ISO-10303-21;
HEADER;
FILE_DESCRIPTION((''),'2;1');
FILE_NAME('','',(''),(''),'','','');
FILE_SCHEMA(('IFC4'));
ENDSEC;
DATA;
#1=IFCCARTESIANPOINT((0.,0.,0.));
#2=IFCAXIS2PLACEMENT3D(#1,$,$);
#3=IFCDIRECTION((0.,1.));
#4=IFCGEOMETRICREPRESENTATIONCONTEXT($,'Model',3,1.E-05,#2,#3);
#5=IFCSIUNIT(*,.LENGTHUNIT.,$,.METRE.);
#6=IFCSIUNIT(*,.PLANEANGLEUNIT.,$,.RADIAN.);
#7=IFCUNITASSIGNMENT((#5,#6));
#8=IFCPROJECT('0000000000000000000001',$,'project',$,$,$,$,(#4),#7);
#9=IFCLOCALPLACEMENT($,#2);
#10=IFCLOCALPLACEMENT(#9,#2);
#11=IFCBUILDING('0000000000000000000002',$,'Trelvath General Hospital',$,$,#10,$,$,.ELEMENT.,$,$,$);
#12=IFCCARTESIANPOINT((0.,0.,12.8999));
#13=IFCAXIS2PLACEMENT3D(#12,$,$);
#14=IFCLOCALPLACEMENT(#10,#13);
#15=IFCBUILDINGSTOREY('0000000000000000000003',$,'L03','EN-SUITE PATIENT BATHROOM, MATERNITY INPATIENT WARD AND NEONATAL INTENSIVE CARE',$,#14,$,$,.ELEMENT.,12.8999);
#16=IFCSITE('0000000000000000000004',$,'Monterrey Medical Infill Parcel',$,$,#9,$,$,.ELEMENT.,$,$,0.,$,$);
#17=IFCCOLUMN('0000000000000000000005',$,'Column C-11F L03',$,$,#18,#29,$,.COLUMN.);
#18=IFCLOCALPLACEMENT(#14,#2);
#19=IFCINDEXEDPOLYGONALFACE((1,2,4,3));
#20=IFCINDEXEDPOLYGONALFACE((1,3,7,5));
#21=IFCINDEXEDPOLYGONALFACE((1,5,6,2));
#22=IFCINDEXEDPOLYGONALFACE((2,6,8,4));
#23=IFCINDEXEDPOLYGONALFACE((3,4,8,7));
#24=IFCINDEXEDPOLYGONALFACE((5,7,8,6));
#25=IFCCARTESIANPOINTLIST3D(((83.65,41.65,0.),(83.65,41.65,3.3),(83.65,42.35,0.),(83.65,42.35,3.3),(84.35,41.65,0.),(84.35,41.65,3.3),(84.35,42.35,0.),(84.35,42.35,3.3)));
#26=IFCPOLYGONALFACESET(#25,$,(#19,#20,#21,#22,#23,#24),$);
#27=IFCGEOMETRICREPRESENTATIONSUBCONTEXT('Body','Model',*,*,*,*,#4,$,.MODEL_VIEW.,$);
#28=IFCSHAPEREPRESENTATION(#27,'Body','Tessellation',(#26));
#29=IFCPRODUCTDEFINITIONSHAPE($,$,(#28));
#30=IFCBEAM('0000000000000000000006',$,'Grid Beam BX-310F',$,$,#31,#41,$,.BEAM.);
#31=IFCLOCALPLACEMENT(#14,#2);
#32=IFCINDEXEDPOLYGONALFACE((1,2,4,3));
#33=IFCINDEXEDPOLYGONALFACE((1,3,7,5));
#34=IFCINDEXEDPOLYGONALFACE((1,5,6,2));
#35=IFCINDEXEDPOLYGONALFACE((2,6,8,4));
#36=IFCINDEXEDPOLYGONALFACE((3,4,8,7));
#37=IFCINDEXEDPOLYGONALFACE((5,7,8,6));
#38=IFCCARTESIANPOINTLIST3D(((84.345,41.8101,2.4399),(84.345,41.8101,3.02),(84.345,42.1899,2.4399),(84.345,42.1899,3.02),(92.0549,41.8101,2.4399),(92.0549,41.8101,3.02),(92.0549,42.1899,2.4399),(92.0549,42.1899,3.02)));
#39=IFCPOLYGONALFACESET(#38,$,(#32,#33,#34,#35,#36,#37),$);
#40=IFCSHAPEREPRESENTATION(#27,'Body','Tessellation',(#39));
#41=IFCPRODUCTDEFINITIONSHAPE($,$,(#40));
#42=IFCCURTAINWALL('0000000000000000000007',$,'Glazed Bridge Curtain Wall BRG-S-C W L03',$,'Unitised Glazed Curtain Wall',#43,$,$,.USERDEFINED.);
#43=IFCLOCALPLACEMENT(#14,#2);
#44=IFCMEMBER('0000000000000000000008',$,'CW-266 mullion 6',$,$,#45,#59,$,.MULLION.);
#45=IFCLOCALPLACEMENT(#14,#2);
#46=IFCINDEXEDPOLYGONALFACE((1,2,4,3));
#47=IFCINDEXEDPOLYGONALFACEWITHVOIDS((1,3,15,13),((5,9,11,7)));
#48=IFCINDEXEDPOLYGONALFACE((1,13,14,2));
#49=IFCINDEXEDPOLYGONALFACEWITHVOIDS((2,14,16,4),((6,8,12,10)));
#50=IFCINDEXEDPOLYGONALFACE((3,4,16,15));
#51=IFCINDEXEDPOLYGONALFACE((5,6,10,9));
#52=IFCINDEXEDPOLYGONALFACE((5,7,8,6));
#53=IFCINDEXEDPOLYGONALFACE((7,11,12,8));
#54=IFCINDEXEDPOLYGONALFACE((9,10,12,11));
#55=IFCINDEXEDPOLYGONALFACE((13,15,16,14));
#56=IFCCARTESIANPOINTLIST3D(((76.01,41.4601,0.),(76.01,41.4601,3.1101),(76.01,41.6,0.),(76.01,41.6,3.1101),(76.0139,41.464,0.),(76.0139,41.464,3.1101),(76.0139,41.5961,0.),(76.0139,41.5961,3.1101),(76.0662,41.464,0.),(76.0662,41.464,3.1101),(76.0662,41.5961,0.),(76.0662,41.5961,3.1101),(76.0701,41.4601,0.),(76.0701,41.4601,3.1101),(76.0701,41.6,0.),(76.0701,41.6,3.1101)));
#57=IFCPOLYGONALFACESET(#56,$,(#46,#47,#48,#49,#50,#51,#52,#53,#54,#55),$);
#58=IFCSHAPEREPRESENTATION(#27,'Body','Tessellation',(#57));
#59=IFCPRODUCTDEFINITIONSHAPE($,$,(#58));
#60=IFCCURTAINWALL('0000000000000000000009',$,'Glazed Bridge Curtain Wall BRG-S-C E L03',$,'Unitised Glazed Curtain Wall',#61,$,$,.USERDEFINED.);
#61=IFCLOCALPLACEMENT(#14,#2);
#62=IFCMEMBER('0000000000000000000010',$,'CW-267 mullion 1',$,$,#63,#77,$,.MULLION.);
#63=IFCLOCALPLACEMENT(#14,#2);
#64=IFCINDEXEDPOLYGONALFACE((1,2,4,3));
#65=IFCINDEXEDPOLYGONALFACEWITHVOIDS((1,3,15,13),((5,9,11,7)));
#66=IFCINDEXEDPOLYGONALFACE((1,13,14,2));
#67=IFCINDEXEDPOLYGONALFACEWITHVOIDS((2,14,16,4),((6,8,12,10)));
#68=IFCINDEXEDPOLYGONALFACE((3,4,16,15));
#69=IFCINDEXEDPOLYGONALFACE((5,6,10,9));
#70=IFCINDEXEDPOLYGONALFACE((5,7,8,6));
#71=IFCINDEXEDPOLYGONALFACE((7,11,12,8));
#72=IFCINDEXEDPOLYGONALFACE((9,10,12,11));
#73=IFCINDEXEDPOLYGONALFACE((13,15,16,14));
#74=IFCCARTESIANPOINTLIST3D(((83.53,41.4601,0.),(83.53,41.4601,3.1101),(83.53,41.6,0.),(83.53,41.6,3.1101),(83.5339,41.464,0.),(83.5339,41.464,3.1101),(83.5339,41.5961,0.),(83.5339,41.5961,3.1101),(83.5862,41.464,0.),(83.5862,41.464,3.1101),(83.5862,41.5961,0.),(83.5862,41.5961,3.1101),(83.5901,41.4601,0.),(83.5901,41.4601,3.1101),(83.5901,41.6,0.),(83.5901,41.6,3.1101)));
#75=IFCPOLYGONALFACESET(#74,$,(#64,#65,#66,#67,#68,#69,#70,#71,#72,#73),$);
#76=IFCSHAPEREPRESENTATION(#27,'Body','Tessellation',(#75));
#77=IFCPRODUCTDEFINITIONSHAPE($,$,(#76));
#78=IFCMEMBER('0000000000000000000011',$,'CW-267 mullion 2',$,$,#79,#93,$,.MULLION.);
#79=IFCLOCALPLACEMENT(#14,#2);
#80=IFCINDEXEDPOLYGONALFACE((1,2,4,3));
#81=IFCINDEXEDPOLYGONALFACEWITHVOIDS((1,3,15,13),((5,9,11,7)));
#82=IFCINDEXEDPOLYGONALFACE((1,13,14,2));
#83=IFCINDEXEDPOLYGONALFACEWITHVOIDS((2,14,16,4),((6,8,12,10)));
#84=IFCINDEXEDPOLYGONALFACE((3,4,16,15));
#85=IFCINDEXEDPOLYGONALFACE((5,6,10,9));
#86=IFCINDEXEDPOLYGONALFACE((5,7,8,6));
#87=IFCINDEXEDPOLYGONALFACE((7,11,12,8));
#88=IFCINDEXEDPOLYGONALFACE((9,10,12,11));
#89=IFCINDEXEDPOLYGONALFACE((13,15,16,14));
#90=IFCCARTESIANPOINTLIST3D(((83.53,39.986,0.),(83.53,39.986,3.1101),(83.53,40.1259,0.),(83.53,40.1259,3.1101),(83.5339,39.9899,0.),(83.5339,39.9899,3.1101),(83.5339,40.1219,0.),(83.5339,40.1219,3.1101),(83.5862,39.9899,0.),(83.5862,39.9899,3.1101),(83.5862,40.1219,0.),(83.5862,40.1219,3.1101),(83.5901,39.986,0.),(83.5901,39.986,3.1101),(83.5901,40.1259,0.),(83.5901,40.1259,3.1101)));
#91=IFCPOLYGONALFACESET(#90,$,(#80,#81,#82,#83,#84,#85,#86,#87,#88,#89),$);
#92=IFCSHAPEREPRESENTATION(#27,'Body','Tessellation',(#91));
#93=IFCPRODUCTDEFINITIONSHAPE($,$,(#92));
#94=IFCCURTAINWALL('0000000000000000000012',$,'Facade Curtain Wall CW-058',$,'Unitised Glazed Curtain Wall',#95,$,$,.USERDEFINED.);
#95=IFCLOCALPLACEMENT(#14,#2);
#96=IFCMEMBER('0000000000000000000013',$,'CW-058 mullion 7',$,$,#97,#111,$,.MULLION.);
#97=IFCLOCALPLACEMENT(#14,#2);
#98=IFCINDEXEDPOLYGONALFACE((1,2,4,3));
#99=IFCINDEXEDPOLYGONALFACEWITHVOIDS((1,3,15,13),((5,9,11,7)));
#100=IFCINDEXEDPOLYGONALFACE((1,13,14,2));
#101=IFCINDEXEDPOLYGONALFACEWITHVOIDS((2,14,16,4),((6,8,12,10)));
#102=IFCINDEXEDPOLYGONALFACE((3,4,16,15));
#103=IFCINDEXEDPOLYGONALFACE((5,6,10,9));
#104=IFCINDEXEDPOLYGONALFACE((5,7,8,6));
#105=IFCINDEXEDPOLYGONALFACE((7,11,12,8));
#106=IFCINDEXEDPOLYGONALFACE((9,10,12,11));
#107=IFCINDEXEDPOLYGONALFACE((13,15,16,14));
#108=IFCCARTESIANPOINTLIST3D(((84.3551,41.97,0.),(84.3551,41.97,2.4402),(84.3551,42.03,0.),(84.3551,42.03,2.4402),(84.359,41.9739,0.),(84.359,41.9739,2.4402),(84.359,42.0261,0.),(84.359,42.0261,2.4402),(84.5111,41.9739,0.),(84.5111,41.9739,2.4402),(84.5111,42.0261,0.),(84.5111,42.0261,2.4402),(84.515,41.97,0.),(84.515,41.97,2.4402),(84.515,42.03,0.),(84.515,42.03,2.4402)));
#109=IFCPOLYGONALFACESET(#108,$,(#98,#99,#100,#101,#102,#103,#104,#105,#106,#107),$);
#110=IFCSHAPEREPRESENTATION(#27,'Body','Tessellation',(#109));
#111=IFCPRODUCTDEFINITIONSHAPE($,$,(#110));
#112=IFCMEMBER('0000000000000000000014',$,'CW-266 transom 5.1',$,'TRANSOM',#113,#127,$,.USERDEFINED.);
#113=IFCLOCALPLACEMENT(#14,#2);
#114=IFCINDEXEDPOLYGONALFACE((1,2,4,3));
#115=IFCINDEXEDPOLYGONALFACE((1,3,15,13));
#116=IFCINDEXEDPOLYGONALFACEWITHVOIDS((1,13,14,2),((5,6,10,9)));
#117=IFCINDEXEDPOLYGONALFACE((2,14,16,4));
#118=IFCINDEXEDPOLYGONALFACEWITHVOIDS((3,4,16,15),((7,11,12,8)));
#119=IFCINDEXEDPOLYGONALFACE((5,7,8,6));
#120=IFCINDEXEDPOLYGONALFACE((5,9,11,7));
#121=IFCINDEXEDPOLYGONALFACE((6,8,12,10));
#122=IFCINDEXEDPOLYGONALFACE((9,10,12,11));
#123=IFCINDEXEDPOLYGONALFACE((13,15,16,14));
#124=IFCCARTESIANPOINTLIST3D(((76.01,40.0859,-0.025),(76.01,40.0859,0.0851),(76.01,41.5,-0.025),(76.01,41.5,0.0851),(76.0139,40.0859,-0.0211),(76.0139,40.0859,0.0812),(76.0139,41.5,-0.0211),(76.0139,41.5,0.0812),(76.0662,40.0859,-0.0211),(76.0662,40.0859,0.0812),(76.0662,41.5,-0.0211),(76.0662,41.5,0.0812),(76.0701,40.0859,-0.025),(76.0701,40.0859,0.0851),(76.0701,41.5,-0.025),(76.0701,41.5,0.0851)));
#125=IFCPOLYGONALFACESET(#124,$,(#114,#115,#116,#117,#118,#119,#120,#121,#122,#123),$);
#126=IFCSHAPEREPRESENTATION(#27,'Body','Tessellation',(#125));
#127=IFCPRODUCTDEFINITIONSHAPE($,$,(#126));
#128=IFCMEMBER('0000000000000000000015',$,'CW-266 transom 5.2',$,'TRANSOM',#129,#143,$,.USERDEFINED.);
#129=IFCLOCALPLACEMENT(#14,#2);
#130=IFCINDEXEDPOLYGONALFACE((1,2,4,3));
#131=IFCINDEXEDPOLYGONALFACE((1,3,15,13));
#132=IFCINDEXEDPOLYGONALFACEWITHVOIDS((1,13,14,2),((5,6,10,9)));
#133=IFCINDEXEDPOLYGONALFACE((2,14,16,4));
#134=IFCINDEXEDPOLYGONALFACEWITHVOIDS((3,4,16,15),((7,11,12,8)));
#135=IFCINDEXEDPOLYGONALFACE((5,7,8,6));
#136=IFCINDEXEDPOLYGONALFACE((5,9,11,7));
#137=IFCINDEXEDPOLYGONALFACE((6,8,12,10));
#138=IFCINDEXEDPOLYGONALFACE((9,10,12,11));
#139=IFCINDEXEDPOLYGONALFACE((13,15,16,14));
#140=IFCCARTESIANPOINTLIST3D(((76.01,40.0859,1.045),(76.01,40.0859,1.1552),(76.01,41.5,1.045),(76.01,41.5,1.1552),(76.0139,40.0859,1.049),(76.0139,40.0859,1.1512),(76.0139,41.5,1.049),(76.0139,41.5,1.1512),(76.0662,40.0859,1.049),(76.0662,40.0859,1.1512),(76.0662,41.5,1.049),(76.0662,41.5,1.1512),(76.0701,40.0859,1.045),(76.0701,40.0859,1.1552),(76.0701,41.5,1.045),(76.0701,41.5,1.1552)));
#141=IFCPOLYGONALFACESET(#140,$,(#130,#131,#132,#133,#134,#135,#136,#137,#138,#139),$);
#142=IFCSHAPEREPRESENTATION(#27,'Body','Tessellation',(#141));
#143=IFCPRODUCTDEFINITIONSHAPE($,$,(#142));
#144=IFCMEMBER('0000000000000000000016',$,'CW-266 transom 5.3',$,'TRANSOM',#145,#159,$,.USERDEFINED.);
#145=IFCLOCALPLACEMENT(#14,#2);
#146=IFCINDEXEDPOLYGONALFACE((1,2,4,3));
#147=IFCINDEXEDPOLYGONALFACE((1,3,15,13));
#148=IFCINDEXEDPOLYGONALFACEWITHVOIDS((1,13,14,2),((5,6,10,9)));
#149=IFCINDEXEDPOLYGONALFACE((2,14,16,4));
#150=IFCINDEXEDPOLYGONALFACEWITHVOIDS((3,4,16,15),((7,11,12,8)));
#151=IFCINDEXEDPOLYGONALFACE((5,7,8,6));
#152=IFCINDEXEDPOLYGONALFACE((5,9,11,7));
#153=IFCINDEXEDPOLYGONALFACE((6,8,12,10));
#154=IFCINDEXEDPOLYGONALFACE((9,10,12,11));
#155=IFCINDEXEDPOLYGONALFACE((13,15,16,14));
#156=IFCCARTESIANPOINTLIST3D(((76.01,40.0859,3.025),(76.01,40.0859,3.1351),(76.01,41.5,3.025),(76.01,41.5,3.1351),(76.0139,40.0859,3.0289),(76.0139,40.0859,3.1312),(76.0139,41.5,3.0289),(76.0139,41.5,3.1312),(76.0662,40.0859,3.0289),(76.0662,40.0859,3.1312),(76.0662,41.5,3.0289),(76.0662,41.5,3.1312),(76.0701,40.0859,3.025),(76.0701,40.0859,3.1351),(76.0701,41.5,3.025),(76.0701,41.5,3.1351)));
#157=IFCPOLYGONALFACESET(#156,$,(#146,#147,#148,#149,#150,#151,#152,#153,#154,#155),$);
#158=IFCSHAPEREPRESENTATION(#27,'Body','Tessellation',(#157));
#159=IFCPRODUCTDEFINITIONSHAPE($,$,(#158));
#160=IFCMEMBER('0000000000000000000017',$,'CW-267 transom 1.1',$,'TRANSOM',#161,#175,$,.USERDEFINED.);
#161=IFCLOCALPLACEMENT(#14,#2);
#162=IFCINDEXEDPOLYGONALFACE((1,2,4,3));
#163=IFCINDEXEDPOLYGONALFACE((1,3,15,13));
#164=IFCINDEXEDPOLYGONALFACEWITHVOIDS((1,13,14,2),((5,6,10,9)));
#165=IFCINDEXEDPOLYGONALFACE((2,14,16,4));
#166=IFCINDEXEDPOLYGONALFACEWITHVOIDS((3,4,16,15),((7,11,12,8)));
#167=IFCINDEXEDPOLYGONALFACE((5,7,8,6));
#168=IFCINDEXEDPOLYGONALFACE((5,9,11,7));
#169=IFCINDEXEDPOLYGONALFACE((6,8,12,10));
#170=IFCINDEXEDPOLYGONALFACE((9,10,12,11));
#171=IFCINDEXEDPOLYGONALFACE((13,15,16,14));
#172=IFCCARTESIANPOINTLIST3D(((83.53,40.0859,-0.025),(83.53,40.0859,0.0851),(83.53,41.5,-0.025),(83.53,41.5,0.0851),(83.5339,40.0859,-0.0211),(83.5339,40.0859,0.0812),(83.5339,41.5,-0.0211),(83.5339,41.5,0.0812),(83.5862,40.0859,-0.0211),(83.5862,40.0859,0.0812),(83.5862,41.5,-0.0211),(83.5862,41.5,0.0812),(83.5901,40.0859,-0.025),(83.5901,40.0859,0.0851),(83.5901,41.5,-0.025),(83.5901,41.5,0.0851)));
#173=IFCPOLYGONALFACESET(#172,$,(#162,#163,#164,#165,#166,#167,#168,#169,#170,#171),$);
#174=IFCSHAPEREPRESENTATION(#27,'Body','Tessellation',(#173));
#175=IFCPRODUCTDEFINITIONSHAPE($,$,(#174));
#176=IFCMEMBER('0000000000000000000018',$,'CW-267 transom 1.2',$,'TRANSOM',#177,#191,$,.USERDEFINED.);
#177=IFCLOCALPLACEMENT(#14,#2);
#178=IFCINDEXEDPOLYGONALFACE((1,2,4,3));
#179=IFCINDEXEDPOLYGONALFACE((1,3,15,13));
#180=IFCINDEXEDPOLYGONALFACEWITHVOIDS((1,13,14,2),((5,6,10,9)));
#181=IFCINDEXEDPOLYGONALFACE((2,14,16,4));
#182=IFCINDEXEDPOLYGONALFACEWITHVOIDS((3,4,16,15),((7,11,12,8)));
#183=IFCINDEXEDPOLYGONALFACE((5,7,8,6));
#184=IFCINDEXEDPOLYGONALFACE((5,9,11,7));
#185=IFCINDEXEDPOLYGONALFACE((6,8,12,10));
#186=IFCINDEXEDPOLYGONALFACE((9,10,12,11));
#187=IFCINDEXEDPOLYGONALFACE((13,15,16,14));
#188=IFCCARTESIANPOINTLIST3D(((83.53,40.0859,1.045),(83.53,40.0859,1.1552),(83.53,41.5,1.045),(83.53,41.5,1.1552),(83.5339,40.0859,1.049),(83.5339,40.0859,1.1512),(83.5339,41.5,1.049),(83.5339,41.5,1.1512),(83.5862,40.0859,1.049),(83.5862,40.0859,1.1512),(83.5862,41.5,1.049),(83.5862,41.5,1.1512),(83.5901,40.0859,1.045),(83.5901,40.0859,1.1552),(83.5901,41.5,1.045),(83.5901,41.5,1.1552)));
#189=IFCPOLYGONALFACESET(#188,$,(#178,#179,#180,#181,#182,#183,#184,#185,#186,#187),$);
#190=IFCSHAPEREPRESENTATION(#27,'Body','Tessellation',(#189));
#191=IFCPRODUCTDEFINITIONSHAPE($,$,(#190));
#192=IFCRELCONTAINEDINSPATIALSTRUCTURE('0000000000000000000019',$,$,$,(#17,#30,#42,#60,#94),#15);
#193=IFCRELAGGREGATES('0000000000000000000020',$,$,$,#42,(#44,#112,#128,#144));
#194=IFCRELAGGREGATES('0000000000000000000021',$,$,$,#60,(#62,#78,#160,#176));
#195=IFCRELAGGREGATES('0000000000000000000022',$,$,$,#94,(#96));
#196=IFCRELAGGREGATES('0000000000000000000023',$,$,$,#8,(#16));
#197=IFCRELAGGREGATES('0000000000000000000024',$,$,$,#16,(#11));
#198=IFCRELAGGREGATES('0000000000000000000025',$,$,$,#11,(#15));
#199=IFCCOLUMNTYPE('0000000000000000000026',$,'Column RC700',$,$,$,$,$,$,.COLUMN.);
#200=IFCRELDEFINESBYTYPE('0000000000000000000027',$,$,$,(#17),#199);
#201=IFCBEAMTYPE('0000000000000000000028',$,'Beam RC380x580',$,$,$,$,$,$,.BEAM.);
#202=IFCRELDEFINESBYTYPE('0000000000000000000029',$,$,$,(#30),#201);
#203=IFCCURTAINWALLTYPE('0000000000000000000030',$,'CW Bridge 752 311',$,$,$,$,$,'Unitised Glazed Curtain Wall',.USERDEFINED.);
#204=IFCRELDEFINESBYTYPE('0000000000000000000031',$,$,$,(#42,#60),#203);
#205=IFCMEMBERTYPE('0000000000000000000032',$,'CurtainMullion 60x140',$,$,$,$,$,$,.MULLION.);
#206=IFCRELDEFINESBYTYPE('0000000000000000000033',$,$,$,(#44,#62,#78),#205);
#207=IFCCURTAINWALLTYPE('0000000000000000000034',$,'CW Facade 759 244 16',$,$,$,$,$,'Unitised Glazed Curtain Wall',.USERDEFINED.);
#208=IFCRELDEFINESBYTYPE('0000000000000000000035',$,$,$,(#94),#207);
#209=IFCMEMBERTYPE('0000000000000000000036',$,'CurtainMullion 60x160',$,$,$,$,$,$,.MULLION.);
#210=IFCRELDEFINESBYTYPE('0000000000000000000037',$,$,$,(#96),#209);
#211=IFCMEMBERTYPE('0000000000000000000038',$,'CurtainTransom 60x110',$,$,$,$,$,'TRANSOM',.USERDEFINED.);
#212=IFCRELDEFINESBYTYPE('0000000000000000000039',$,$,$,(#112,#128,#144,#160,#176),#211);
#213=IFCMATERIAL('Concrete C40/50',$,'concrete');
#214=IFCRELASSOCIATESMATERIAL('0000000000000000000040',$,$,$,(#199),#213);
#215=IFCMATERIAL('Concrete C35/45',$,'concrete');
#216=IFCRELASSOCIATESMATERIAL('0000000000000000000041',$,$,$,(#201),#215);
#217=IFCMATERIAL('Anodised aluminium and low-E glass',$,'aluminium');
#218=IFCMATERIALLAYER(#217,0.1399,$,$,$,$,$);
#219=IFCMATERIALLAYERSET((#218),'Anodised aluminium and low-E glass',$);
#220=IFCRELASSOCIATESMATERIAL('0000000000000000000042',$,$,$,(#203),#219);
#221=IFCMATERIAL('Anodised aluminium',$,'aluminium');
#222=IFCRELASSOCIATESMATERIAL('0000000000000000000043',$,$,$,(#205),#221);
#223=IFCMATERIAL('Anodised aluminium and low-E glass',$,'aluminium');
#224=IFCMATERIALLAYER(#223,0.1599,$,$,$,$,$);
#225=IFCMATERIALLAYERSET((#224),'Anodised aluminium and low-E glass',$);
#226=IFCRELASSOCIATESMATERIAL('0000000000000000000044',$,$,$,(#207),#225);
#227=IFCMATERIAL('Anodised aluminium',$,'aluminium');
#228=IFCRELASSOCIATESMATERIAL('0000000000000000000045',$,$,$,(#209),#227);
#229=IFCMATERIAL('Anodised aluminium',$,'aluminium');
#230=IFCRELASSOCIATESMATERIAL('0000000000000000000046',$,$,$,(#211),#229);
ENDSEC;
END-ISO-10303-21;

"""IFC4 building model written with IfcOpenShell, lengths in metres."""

from ifc_helpers import new_model, si_unit, direction, frame, origin, origin_2d, place, context, subcontext, project, spatial, rectangle, hollow_rectangle, extrude, material, layer, layer_set, material_profile, profile_set, type_object, element, aggregate, save


model = new_model("IFC4")

# Units and contexts
model_context = context("Model", 3, precision=1e-05, world=origin(), true_north=direction((0.0, 1.0)))
body_context = subcontext(model_context, "Body", "Model", "MODEL_VIEW")
ifc_project = project(units=[si_unit("LENGTHUNIT", "METRE"), si_unit("PLANEANGLEUNIT", "RADIAN")], contexts=[model_context])

# Site, building, storey
site_placement = place(None, origin())
site = spatial("IfcSite", under=ifc_project, at=site_placement, Name="Monterrey Medical Infill Parcel", CompositionType="ELEMENT", RefElevation=0.0)
building_placement = place(site_placement, origin())
building = spatial("IfcBuilding", under=site, at=building_placement, Name="Trelvath General Hospital", CompositionType="ELEMENT")
storey_placement = place(building_placement, frame((0.0, 0.0, 12.8999)))
storey = spatial("IfcBuildingStorey", under=building, at=storey_placement, Name="L03", Description="EN-SUITE PATIENT BATHROOM, MATERNITY INPATIENT WARD AND NEONATAL INTENSIVE CARE", CompositionType="ELEMENT", Elevation=12.8999)

# Column
ifc_material_1 = material(Name="Concrete C40/50", Category="concrete")
ifc_material_profile_1 = material_profile(ifc_material_1, rectangle(XDim=0.7, YDim=0.7, at=origin_2d()), Name="RC700x700")
ifc_profile_set_1 = profile_set([ifc_material_profile_1], Name="Concrete C40/50")
column_type = type_object("IfcColumnType", Name="Column RC700", PredefinedType="COLUMN", material=ifc_profile_set_1)
column_placement = place(storey_placement, frame((84.0, 42.0, 0.0), z_axis=(0.0, 0.0, 1.0), x_axis=(1.0, 0.0, 0.0)))
element("IfcColumn", 1, at=column_placement, inside=storey, type_object=column_type, Name="Column C-11F L03", PredefinedType="COLUMN", context=body_context, shape_type="SweptSolid", body=[
    extrude(rectangle(XDim=0.7, YDim=0.7, at=origin_2d()), origin(), (0.0, 0.0, 1.0), 3.3),
])

# Beam
ifc_material_2 = material(Name="Concrete C35/45", Category="concrete")
ifc_material_profile_2 = material_profile(ifc_material_2, rectangle(XDim=0.3799, YDim=0.5801, at=origin_2d()), Name="RCB380x580")
ifc_profile_set_2 = profile_set([ifc_material_profile_2], Name="Concrete C35/45")
beam_type = type_object("IfcBeamType", Name="Beam RC380x580", PredefinedType="BEAM", material=ifc_profile_set_2)
beam_placement = place(storey_placement, frame((84.345, 42.0, 2.73), z_axis=(1.0, 0.0, 0.0), x_axis=(0.0, 1.0, 0.0)))
element("IfcBeam", 2, at=beam_placement, inside=storey, type_object=beam_type, Name="Grid Beam BX-310F", PredefinedType="BEAM", context=body_context, shape_type="SweptSolid", body=[
    extrude(rectangle(XDim=0.3799, YDim=0.5801, at=origin_2d()), origin(), (0.0, 0.0, 1.0), 7.71),
])

# Curtain wall, member
ifc_material_3 = material(Name="Anodised aluminium and low-E glass", Category="aluminium")
ifc_layer_1 = layer(ifc_material_3, 0.1399)
ifc_layer_set_1 = layer_set([ifc_layer_1], Name="Anodised aluminium and low-E glass")
curtain_wall_type_1 = type_object("IfcCurtainWallType", Name="CW Bridge 752 311", ElementType="Unitised Glazed Curtain Wall", PredefinedType="USERDEFINED", material=ifc_layer_set_1)
curtain_wall_1_placement = place(storey_placement, origin())
curtain_wall_1 = element("IfcCurtainWall", 3, at=curtain_wall_1_placement, inside=storey, type_object=curtain_wall_type_1, Name="Glazed Bridge Curtain Wall BRG-S-C W L03", ObjectType="Unitised Glazed Curtain Wall", PredefinedType="USERDEFINED")
ifc_material_4 = material(Name="Anodised aluminium", Category="aluminium")
ifc_material_profile_3 = material_profile(ifc_material_4, hollow_rectangle(XDim=0.0601, YDim=0.1399, WallThickness=0.0039, at=origin_2d()), Name="RHS60x140x4")
ifc_profile_set_3 = profile_set([ifc_material_profile_3], Name="Anodised aluminium")
member_type_1 = type_object("IfcMemberType", Name="CurtainMullion 60x140", PredefinedType="MULLION", material=ifc_profile_set_3)
member_1_placement = place(storey_placement, frame((76.04, 41.53, 0.0), z_axis=(0.0, 0.0, 1.0), x_axis=(-1.0, 0.0, 0.0)))
member_1 = element("IfcMember", 4, at=member_1_placement, type_object=member_type_1, Name="CW-266 mullion 6", PredefinedType="MULLION", context=body_context, shape_type="SweptSolid", body=[
    extrude(hollow_rectangle(XDim=0.0601, YDim=0.1399, WallThickness=0.0039, at=origin_2d()), origin(), (0.0, 0.0, 1.0), 3.1101),
])

# Curtain wall, members
curtain_wall_2_placement = place(storey_placement, origin())
curtain_wall_2 = element("IfcCurtainWall", 5, at=curtain_wall_2_placement, inside=storey, type_object=curtain_wall_type_1, Name="Glazed Bridge Curtain Wall BRG-S-C E L03", ObjectType="Unitised Glazed Curtain Wall", PredefinedType="USERDEFINED")
member_2_placement = place(storey_placement, frame((83.5601, 41.53, 0.0), z_axis=(0.0, 0.0, 1.0), x_axis=(1.0, 0.0, 0.0)))
member_2 = element("IfcMember", 6, at=member_2_placement, type_object=member_type_1, Name="CW-267 mullion 1", PredefinedType="MULLION", context=body_context, shape_type="SweptSolid", body=[
    extrude(hollow_rectangle(XDim=0.0601, YDim=0.1399, WallThickness=0.0039, at=origin_2d()), origin(), (0.0, 0.0, 1.0), 3.1101),
])
member_3_placement = place(storey_placement, frame((83.5601, 40.0559, 0.0), z_axis=(0.0, 0.0, 1.0), x_axis=(1.0, 0.0, 0.0)))
member_3 = element("IfcMember", 7, at=member_3_placement, type_object=member_type_1, Name="CW-267 mullion 2", PredefinedType="MULLION", context=body_context, shape_type="SweptSolid", body=[
    extrude(hollow_rectangle(XDim=0.0601, YDim=0.1399, WallThickness=0.0039, at=origin_2d()), origin(), (0.0, 0.0, 1.0), 3.1101),
])

# Curtain wall, member
ifc_material_5 = material(Name="Anodised aluminium and low-E glass", Category="aluminium")
ifc_layer_2 = layer(ifc_material_5, 0.1599)
ifc_layer_set_2 = layer_set([ifc_layer_2], Name="Anodised aluminium and low-E glass")
curtain_wall_type_2 = type_object("IfcCurtainWallType", Name="CW Facade 759 244 16", ElementType="Unitised Glazed Curtain Wall", PredefinedType="USERDEFINED", material=ifc_layer_set_2)
curtain_wall_3_placement = place(storey_placement, origin())
curtain_wall_3 = element("IfcCurtainWall", 8, at=curtain_wall_3_placement, inside=storey, type_object=curtain_wall_type_2, Name="Facade Curtain Wall CW-058", ObjectType="Unitised Glazed Curtain Wall", PredefinedType="USERDEFINED")
ifc_material_6 = material(Name="Anodised aluminium", Category="aluminium")
ifc_material_profile_4 = material_profile(ifc_material_6, hollow_rectangle(XDim=0.0601, YDim=0.1599, WallThickness=0.0039, at=origin_2d()), Name="RHS60x160x4")
ifc_profile_set_4 = profile_set([ifc_material_profile_4], Name="Anodised aluminium")
member_type_2 = type_object("IfcMemberType", Name="CurtainMullion 60x160", PredefinedType="MULLION", material=ifc_profile_set_4)
member_4_placement = place(storey_placement, frame((84.4351, 42.0, 0.0), z_axis=(0.0, 0.0, 1.0), x_axis=(0.0, -1.0, 0.0)))
member_4 = element("IfcMember", 9, at=member_4_placement, type_object=member_type_2, Name="CW-058 mullion 7", PredefinedType="MULLION", context=body_context, shape_type="SweptSolid", body=[
    extrude(hollow_rectangle(XDim=0.0601, YDim=0.1599, WallThickness=0.0039, at=origin_2d()), origin(), (0.0, 0.0, 1.0), 2.4402),
])

# Members
ifc_material_7 = material(Name="Anodised aluminium", Category="aluminium")
ifc_material_profile_5 = material_profile(ifc_material_7, hollow_rectangle(XDim=0.0601, YDim=0.1101, WallThickness=0.0039, at=origin_2d()), Name="RHS60x110x4")
ifc_profile_set_5 = profile_set([ifc_material_profile_5], Name="Anodised aluminium")
member_type_3 = type_object("IfcMemberType", Name="CurtainTransom 60x110", ElementType="TRANSOM", PredefinedType="USERDEFINED", material=ifc_profile_set_5)
member_5_placement = place(storey_placement, frame((76.04, 40.0859, 0.03), z_axis=(0.0, 1.0, 0.0), x_axis=(-1.0, 0.0, 0.0)))
member_5 = element("IfcMember", 10, at=member_5_placement, type_object=member_type_3, Name="CW-266 transom 5.1", ObjectType="TRANSOM", PredefinedType="USERDEFINED", context=body_context, shape_type="SweptSolid", body=[
    extrude(hollow_rectangle(XDim=0.0601, YDim=0.1101, WallThickness=0.0039, at=origin_2d()), origin(), (0.0, 0.0, 1.0), 1.4141),
])
member_6_placement = place(storey_placement, frame((76.04, 40.0859, 1.1001), z_axis=(0.0, 1.0, 0.0), x_axis=(-1.0, 0.0, 0.0)))
member_6 = element("IfcMember", 11, at=member_6_placement, type_object=member_type_3, Name="CW-266 transom 5.2", ObjectType="TRANSOM", PredefinedType="USERDEFINED", context=body_context, shape_type="SweptSolid", body=[
    extrude(hollow_rectangle(XDim=0.0601, YDim=0.1101, WallThickness=0.0039, at=origin_2d()), origin(), (0.0, 0.0, 1.0), 1.4141),
])
member_7_placement = place(storey_placement, frame((76.04, 40.0859, 3.0801), z_axis=(0.0, 1.0, 0.0), x_axis=(-1.0, 0.0, 0.0)))
member_7 = element("IfcMember", 12, at=member_7_placement, type_object=member_type_3, Name="CW-266 transom 5.3", ObjectType="TRANSOM", PredefinedType="USERDEFINED", context=body_context, shape_type="SweptSolid", body=[
    extrude(hollow_rectangle(XDim=0.0601, YDim=0.1101, WallThickness=0.0039, at=origin_2d()), origin(), (0.0, 0.0, 1.0), 1.4141),
])
member_8_placement = place(storey_placement, frame((83.5601, 41.5, 0.03), z_axis=(0.0, -1.0, 0.0), x_axis=(1.0, 0.0, 0.0)))
member_8 = element("IfcMember", 13, at=member_8_placement, type_object=member_type_3, Name="CW-267 transom 1.1", ObjectType="TRANSOM", PredefinedType="USERDEFINED", context=body_context, shape_type="SweptSolid", body=[
    extrude(hollow_rectangle(XDim=0.0601, YDim=0.1101, WallThickness=0.0039, at=origin_2d()), origin(), (0.0, 0.0, 1.0), 1.4141),
])
member_9_placement = place(storey_placement, frame((83.5601, 41.5, 1.1001), z_axis=(0.0, -1.0, 0.0), x_axis=(1.0, 0.0, 0.0)))
member_9 = element("IfcMember", 14, at=member_9_placement, type_object=member_type_3, Name="CW-267 transom 1.2", ObjectType="TRANSOM", PredefinedType="USERDEFINED", context=body_context, shape_type="SweptSolid", body=[
    extrude(hollow_rectangle(XDim=0.0601, YDim=0.1101, WallThickness=0.0039, at=origin_2d()), origin(), (0.0, 0.0, 1.0), 1.4141),
])

aggregate(curtain_wall_1, [member_1, member_5, member_6, member_7])
aggregate(curtain_wall_2, [member_2, member_3, member_8, member_9])
aggregate(curtain_wall_3, [member_4])

save(model, "model.ifc")
